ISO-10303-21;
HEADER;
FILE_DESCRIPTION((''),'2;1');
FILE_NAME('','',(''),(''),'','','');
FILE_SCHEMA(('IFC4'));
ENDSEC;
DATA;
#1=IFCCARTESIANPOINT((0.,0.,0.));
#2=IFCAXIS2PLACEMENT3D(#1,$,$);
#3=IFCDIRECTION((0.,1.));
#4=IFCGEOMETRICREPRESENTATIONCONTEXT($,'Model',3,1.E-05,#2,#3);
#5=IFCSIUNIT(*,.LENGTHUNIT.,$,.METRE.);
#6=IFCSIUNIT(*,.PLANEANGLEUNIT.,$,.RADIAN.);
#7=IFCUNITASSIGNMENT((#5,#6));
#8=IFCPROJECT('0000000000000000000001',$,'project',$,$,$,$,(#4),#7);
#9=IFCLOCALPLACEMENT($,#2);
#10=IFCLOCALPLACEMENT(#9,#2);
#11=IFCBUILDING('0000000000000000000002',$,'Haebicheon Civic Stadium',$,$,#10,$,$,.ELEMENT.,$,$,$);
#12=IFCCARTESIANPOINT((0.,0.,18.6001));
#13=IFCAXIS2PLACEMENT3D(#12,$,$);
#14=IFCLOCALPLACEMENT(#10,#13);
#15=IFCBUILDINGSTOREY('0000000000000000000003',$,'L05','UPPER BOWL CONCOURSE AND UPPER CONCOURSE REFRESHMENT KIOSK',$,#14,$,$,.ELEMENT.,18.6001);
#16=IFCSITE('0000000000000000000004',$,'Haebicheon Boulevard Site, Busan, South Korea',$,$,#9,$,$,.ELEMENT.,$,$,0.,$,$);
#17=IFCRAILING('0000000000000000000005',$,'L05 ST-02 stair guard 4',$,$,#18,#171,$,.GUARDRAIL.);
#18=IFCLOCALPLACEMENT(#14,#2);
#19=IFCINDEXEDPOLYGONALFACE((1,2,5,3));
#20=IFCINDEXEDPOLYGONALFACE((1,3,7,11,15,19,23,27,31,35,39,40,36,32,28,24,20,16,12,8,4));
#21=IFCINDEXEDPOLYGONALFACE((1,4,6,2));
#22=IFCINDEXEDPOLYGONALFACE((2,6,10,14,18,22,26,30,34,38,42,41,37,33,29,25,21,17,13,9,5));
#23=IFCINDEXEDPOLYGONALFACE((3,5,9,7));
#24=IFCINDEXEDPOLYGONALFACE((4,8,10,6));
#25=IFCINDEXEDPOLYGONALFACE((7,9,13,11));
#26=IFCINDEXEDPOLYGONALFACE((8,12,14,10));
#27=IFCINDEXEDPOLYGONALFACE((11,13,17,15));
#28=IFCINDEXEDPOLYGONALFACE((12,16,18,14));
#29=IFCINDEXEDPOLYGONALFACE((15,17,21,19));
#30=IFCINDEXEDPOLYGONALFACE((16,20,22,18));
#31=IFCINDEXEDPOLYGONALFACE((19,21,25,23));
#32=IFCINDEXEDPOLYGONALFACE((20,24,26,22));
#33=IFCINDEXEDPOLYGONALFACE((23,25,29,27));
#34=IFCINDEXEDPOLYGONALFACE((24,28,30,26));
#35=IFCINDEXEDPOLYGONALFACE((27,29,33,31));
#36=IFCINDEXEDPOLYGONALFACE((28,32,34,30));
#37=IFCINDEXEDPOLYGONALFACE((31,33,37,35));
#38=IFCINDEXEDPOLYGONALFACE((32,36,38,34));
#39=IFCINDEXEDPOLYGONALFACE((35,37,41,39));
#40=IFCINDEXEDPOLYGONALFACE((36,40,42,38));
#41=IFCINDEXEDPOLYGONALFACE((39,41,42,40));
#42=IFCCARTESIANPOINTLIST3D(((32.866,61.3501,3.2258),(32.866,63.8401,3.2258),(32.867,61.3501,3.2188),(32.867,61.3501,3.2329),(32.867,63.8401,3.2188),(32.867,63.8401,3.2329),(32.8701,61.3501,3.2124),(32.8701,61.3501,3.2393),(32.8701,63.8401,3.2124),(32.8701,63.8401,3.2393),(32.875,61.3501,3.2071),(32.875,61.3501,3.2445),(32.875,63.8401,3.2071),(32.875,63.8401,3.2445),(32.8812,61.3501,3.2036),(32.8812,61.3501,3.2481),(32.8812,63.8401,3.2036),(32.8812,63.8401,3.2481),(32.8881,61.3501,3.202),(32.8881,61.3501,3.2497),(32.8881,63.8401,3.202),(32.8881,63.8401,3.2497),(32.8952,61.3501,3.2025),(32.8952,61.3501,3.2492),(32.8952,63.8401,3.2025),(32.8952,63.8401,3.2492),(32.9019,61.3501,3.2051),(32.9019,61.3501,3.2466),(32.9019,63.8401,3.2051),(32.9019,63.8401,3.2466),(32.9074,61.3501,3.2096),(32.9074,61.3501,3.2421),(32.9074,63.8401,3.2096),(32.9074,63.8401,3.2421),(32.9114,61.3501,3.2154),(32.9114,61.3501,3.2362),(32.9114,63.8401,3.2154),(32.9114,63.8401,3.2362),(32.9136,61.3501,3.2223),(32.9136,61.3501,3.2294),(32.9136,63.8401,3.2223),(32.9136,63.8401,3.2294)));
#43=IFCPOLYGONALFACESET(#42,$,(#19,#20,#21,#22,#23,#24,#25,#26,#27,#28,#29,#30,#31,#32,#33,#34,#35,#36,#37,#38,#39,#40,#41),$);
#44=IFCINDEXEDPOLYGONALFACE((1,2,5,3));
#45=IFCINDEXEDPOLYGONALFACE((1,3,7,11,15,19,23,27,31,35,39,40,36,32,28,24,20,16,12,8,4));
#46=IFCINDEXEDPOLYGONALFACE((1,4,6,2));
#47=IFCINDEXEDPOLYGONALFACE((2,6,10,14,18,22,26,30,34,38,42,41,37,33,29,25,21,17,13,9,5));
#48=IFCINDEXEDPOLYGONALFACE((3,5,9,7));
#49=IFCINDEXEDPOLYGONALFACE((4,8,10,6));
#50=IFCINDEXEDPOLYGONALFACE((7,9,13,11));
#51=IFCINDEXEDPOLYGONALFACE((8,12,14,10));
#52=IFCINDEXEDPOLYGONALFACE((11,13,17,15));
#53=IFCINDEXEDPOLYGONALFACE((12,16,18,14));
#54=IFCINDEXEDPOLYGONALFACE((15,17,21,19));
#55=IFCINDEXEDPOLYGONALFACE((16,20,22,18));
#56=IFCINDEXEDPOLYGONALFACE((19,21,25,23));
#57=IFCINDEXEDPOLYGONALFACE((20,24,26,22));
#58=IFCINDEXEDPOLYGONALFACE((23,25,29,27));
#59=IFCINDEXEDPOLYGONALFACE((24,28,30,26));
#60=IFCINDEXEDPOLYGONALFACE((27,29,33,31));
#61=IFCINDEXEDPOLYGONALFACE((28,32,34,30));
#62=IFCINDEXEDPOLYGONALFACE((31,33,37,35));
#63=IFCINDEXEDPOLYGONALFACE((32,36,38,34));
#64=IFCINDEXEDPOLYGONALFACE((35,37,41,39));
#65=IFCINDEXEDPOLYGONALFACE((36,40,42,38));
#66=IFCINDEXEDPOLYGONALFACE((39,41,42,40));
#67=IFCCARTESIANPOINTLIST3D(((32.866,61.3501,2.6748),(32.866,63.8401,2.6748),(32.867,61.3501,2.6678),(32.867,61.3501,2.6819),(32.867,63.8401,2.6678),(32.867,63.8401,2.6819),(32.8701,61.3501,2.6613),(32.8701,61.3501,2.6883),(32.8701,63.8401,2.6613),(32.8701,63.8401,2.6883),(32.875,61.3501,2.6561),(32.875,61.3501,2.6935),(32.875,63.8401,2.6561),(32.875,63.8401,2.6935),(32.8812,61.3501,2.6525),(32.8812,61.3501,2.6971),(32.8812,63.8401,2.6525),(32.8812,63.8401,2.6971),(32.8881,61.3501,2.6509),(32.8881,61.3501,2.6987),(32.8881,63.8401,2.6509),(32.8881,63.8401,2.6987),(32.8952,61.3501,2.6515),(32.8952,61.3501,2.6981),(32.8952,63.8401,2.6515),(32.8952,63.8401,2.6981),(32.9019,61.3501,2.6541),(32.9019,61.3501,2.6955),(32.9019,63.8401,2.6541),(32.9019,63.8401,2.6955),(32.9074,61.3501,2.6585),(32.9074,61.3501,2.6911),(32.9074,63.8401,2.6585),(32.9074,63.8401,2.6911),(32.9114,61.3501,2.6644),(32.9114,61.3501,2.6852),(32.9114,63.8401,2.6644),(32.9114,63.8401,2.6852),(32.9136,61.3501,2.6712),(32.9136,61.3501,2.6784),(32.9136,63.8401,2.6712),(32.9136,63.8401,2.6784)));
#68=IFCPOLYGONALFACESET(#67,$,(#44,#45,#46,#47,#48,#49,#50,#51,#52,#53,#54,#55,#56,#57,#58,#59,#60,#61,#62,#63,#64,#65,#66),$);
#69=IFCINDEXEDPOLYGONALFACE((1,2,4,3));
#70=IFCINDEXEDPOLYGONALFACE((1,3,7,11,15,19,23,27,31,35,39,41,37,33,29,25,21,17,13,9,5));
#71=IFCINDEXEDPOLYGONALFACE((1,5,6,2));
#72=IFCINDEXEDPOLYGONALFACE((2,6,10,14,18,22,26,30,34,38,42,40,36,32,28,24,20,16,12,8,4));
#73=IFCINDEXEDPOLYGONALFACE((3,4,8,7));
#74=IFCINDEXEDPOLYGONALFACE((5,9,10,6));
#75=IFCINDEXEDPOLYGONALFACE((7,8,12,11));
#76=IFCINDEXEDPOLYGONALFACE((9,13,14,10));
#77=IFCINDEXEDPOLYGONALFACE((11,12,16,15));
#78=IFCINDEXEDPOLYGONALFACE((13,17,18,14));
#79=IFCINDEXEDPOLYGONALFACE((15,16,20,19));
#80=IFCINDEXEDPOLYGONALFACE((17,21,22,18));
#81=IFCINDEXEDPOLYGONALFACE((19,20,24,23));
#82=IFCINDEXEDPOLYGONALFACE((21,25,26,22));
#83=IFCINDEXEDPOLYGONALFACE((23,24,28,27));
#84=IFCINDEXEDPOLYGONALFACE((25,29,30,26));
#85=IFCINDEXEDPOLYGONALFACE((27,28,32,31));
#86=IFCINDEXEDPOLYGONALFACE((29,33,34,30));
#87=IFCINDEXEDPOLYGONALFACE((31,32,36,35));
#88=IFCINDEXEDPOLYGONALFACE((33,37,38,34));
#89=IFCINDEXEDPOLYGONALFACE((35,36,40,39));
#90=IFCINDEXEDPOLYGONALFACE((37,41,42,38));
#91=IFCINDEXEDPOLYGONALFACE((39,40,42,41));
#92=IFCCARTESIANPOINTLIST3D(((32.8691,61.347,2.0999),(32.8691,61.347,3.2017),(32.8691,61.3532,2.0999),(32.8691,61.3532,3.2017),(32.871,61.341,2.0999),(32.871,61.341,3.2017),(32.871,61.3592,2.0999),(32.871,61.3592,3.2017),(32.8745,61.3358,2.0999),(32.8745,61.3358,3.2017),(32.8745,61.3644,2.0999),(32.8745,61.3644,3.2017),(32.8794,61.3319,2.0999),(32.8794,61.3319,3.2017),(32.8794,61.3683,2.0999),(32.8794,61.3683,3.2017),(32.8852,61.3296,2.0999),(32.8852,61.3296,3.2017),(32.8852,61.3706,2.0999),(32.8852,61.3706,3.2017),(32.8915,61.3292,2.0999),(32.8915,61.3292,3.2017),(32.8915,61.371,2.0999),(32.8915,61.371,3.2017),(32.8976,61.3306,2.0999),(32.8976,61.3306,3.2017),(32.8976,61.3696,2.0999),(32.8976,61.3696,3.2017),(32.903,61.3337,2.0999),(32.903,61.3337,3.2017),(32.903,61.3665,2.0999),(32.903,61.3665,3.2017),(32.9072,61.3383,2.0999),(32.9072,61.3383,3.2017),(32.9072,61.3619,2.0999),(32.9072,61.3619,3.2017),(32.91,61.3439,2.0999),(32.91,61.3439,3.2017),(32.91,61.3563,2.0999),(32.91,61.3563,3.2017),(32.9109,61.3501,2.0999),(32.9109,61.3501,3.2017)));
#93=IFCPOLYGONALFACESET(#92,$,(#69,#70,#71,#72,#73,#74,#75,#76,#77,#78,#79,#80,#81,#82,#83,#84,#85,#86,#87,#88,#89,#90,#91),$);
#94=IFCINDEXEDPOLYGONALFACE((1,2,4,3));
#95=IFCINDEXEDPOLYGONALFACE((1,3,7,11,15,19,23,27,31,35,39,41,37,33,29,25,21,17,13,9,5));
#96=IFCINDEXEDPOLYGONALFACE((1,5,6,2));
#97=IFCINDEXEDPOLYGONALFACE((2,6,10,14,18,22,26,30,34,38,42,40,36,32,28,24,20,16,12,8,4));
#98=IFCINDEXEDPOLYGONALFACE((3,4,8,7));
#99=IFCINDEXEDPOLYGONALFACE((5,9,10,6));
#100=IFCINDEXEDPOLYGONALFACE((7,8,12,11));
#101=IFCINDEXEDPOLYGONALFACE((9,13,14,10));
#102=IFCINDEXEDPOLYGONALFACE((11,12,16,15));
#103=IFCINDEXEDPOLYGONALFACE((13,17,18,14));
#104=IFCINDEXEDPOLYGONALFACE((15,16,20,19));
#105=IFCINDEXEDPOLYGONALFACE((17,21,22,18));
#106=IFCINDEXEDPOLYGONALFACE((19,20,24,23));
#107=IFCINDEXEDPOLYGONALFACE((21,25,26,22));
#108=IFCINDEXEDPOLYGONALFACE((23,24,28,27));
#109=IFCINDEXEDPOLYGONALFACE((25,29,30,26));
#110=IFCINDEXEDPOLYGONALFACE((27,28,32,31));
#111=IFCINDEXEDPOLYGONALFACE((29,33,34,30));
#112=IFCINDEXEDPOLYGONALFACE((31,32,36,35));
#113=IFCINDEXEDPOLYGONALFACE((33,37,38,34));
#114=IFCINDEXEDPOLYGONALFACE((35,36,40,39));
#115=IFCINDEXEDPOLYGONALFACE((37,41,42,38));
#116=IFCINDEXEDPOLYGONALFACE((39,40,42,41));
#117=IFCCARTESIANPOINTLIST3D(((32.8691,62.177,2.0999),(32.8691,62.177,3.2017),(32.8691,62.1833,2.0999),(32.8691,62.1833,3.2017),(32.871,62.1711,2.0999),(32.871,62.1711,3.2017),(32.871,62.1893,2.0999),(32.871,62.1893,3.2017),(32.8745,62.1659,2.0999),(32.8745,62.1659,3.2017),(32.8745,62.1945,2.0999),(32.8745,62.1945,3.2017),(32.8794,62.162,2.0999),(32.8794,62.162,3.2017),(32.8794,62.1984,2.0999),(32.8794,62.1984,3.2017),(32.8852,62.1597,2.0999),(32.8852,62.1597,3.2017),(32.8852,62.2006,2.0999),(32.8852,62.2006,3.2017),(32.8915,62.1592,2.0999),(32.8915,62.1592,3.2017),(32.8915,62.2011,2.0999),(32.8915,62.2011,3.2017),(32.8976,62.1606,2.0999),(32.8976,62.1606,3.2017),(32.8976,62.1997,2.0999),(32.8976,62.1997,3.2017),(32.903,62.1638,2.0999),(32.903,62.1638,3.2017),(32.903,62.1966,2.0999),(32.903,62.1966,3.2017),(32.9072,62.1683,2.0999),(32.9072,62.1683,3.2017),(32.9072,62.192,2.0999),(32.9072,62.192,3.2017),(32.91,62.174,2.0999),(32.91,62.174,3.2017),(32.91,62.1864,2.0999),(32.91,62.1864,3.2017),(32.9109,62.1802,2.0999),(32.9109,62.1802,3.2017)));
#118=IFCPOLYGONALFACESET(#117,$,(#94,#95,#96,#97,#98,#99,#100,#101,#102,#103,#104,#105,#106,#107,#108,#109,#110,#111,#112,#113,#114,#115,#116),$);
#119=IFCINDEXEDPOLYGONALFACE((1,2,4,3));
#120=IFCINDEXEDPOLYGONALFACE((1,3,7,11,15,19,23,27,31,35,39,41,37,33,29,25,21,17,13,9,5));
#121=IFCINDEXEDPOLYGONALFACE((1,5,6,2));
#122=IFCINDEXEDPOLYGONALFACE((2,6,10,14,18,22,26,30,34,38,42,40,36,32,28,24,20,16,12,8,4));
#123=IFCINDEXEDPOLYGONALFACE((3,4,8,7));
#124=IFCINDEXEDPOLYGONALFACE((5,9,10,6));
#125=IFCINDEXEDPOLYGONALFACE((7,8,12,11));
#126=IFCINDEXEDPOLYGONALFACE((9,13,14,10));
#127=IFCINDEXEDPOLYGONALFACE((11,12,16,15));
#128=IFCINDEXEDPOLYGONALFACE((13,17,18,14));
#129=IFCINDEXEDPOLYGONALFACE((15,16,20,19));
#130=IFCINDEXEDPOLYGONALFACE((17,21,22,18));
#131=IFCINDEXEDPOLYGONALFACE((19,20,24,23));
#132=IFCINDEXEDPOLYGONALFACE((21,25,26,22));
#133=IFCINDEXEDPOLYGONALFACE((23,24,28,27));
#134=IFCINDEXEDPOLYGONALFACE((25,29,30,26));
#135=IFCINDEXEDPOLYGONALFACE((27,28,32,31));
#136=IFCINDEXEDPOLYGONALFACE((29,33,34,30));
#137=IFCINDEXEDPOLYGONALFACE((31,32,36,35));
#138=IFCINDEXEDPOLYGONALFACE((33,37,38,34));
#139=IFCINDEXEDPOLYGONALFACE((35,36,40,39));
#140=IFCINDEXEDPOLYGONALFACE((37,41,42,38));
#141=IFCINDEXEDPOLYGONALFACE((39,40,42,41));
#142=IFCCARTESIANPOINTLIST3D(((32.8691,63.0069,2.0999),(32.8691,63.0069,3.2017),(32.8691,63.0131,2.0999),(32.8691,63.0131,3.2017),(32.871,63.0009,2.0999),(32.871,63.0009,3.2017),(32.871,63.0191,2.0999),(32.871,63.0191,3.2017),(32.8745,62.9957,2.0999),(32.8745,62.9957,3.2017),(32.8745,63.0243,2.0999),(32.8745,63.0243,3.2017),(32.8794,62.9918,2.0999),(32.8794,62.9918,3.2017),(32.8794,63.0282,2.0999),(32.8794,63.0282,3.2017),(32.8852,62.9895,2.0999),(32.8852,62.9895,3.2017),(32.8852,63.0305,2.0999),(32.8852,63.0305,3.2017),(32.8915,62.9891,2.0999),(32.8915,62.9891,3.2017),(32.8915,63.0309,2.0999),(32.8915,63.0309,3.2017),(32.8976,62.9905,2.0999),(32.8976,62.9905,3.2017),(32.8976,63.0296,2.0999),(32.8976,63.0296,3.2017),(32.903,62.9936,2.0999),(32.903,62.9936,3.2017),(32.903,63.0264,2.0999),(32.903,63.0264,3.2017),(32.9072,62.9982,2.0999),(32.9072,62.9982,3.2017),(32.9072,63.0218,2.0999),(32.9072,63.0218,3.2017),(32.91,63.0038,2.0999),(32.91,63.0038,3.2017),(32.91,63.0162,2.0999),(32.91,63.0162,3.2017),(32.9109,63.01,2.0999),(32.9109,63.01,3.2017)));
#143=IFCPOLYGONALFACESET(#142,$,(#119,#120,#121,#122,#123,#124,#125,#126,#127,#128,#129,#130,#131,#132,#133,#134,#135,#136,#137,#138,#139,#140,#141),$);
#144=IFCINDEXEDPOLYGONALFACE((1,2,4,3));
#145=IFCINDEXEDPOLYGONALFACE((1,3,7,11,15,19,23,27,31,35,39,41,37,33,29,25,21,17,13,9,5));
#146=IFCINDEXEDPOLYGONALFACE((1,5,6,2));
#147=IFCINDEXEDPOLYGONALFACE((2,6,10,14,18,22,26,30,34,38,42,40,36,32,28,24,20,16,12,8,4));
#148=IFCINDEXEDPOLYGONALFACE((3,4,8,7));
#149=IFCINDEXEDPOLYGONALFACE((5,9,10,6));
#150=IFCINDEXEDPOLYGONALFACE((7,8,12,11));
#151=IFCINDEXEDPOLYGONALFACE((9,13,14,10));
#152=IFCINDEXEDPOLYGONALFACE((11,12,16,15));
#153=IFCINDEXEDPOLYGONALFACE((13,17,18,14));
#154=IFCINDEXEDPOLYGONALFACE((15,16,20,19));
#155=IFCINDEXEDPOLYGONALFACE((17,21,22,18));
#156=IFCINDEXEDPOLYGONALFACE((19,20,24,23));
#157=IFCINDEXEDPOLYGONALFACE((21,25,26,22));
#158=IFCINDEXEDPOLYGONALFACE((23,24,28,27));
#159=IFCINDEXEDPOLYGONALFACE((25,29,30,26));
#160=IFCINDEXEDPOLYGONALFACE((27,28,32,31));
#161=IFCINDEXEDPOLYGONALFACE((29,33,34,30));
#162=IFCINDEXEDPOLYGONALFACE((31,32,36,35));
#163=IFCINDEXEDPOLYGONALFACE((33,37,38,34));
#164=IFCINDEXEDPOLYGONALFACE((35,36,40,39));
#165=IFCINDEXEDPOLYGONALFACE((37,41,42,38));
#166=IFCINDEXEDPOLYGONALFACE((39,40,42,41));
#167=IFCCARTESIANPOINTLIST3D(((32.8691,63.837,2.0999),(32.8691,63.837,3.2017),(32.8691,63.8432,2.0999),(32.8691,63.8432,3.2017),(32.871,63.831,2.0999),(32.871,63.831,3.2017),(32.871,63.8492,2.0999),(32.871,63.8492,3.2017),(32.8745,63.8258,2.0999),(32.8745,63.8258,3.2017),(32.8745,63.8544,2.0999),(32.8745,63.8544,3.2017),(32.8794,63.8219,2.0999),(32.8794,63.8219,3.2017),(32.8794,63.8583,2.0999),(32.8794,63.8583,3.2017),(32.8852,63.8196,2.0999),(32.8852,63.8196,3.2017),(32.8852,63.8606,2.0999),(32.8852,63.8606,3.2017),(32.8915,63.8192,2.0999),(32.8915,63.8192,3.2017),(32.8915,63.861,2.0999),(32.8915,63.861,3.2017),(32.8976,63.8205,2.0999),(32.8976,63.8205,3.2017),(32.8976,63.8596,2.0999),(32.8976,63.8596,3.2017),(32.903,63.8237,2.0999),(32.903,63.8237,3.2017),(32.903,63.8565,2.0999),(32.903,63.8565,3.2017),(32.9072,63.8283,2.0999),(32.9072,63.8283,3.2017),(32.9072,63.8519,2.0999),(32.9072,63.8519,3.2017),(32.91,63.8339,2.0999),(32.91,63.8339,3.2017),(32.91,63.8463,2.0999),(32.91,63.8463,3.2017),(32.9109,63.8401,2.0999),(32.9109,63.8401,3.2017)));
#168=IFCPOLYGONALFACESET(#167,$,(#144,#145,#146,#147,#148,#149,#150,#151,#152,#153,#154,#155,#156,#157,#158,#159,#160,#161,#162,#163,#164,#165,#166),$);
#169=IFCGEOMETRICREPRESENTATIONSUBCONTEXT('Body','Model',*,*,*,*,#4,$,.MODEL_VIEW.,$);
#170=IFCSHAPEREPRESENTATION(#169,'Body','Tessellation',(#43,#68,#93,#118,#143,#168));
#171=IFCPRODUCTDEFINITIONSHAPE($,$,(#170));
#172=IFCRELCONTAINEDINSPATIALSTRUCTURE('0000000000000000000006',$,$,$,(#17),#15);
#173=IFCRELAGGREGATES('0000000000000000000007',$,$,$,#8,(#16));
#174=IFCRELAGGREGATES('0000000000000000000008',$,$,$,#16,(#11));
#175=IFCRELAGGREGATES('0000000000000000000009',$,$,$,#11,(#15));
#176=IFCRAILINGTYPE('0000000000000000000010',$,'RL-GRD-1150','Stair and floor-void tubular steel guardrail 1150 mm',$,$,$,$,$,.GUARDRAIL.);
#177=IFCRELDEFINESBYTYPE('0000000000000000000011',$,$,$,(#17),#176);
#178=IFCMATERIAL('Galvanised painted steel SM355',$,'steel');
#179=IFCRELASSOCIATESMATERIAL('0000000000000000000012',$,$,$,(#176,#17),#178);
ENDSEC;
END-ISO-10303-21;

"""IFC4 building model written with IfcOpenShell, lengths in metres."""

from ifc_helpers import new_model, si_unit, direction, frame, origin, origin_2d, place, context, subcontext, project, spatial, circle, extrude, material, type_object, element, save


model = new_model("IFC4")

# Units and contexts
model_context = context("Model", 3, precision=1e-05, world=origin(), true_north=direction((0.0, 1.0)))
body_context = subcontext(model_context, "Body", "Model", "MODEL_VIEW")
ifc_project = project(units=[si_unit("LENGTHUNIT", "METRE"), si_unit("PLANEANGLEUNIT", "RADIAN")], contexts=[model_context])

# Site, building, storey
site_placement = place(None, origin())
site = spatial("IfcSite", under=ifc_project, at=site_placement, Name="Haebicheon Boulevard Site, Busan, South Korea", CompositionType="ELEMENT", RefElevation=0.0)
building_placement = place(site_placement, origin())
building = spatial("IfcBuilding", under=site, at=building_placement, Name="Haebicheon Civic Stadium", CompositionType="ELEMENT")
storey_placement = place(building_placement, frame((0.0, 0.0, 18.6001)))
storey = spatial("IfcBuildingStorey", under=building, at=storey_placement, Name="L05", Description="UPPER BOWL CONCOURSE AND UPPER CONCOURSE REFRESHMENT KIOSK", CompositionType="ELEMENT", Elevation=18.6001)

# Railing
ifc_material_1 = material(Name="Galvanised painted steel SM355", Category="steel")
railing_type_1 = type_object("IfcRailingType", Name="RL-GRD-1150", Description="Stair and floor-void tubular steel guardrail 1150 mm", PredefinedType="GUARDRAIL", material=ifc_material_1)
for number, where, name in (
    (1, (32.8899, 61.3501, 2.0999), "L05 ST-02 stair guard 4"),
):
    element("IfcRailing", number, at=place(storey_placement, frame(where)), inside=storey, type_object=railing_type_1, material=ifc_material_1, Name=name, PredefinedType="GUARDRAIL", context=body_context, shape_type="SweptSolid", body=[
        extrude(circle(Radius=0.0239, at=origin_2d()), frame((0.0, 0.0, 1.126), z_axis=(0.0, 1.0, 0.0), x_axis=(-1.0, 0.0, 0.0)), (0.0, 0.0, 1.0), 2.49),
        extrude(circle(Radius=0.0239, at=origin_2d()), frame((0.0, 0.0, 0.575), z_axis=(0.0, 1.0, 0.0), x_axis=(-1.0, 0.0, 0.0)), (0.0, 0.0, 1.0), 2.49),
        extrude(circle(Radius=0.021, at=origin_2d()), origin(), (0.0, 0.0, 1.0), 1.1018),
        extrude(circle(Radius=0.021, at=origin_2d()), frame((0.0, 0.8301, 0.0)), (0.0, 0.0, 1.0), 1.1018),
        extrude(circle(Radius=0.021, at=origin_2d()), frame((0.0, 1.6599, 0.0)), (0.0, 0.0, 1.0), 1.1018),
        extrude(circle(Radius=0.021, at=origin_2d()), frame((0.0, 2.49, 0.0)), (0.0, 0.0, 1.0), 1.1018),
    ])

save(model, "model.ifc")
